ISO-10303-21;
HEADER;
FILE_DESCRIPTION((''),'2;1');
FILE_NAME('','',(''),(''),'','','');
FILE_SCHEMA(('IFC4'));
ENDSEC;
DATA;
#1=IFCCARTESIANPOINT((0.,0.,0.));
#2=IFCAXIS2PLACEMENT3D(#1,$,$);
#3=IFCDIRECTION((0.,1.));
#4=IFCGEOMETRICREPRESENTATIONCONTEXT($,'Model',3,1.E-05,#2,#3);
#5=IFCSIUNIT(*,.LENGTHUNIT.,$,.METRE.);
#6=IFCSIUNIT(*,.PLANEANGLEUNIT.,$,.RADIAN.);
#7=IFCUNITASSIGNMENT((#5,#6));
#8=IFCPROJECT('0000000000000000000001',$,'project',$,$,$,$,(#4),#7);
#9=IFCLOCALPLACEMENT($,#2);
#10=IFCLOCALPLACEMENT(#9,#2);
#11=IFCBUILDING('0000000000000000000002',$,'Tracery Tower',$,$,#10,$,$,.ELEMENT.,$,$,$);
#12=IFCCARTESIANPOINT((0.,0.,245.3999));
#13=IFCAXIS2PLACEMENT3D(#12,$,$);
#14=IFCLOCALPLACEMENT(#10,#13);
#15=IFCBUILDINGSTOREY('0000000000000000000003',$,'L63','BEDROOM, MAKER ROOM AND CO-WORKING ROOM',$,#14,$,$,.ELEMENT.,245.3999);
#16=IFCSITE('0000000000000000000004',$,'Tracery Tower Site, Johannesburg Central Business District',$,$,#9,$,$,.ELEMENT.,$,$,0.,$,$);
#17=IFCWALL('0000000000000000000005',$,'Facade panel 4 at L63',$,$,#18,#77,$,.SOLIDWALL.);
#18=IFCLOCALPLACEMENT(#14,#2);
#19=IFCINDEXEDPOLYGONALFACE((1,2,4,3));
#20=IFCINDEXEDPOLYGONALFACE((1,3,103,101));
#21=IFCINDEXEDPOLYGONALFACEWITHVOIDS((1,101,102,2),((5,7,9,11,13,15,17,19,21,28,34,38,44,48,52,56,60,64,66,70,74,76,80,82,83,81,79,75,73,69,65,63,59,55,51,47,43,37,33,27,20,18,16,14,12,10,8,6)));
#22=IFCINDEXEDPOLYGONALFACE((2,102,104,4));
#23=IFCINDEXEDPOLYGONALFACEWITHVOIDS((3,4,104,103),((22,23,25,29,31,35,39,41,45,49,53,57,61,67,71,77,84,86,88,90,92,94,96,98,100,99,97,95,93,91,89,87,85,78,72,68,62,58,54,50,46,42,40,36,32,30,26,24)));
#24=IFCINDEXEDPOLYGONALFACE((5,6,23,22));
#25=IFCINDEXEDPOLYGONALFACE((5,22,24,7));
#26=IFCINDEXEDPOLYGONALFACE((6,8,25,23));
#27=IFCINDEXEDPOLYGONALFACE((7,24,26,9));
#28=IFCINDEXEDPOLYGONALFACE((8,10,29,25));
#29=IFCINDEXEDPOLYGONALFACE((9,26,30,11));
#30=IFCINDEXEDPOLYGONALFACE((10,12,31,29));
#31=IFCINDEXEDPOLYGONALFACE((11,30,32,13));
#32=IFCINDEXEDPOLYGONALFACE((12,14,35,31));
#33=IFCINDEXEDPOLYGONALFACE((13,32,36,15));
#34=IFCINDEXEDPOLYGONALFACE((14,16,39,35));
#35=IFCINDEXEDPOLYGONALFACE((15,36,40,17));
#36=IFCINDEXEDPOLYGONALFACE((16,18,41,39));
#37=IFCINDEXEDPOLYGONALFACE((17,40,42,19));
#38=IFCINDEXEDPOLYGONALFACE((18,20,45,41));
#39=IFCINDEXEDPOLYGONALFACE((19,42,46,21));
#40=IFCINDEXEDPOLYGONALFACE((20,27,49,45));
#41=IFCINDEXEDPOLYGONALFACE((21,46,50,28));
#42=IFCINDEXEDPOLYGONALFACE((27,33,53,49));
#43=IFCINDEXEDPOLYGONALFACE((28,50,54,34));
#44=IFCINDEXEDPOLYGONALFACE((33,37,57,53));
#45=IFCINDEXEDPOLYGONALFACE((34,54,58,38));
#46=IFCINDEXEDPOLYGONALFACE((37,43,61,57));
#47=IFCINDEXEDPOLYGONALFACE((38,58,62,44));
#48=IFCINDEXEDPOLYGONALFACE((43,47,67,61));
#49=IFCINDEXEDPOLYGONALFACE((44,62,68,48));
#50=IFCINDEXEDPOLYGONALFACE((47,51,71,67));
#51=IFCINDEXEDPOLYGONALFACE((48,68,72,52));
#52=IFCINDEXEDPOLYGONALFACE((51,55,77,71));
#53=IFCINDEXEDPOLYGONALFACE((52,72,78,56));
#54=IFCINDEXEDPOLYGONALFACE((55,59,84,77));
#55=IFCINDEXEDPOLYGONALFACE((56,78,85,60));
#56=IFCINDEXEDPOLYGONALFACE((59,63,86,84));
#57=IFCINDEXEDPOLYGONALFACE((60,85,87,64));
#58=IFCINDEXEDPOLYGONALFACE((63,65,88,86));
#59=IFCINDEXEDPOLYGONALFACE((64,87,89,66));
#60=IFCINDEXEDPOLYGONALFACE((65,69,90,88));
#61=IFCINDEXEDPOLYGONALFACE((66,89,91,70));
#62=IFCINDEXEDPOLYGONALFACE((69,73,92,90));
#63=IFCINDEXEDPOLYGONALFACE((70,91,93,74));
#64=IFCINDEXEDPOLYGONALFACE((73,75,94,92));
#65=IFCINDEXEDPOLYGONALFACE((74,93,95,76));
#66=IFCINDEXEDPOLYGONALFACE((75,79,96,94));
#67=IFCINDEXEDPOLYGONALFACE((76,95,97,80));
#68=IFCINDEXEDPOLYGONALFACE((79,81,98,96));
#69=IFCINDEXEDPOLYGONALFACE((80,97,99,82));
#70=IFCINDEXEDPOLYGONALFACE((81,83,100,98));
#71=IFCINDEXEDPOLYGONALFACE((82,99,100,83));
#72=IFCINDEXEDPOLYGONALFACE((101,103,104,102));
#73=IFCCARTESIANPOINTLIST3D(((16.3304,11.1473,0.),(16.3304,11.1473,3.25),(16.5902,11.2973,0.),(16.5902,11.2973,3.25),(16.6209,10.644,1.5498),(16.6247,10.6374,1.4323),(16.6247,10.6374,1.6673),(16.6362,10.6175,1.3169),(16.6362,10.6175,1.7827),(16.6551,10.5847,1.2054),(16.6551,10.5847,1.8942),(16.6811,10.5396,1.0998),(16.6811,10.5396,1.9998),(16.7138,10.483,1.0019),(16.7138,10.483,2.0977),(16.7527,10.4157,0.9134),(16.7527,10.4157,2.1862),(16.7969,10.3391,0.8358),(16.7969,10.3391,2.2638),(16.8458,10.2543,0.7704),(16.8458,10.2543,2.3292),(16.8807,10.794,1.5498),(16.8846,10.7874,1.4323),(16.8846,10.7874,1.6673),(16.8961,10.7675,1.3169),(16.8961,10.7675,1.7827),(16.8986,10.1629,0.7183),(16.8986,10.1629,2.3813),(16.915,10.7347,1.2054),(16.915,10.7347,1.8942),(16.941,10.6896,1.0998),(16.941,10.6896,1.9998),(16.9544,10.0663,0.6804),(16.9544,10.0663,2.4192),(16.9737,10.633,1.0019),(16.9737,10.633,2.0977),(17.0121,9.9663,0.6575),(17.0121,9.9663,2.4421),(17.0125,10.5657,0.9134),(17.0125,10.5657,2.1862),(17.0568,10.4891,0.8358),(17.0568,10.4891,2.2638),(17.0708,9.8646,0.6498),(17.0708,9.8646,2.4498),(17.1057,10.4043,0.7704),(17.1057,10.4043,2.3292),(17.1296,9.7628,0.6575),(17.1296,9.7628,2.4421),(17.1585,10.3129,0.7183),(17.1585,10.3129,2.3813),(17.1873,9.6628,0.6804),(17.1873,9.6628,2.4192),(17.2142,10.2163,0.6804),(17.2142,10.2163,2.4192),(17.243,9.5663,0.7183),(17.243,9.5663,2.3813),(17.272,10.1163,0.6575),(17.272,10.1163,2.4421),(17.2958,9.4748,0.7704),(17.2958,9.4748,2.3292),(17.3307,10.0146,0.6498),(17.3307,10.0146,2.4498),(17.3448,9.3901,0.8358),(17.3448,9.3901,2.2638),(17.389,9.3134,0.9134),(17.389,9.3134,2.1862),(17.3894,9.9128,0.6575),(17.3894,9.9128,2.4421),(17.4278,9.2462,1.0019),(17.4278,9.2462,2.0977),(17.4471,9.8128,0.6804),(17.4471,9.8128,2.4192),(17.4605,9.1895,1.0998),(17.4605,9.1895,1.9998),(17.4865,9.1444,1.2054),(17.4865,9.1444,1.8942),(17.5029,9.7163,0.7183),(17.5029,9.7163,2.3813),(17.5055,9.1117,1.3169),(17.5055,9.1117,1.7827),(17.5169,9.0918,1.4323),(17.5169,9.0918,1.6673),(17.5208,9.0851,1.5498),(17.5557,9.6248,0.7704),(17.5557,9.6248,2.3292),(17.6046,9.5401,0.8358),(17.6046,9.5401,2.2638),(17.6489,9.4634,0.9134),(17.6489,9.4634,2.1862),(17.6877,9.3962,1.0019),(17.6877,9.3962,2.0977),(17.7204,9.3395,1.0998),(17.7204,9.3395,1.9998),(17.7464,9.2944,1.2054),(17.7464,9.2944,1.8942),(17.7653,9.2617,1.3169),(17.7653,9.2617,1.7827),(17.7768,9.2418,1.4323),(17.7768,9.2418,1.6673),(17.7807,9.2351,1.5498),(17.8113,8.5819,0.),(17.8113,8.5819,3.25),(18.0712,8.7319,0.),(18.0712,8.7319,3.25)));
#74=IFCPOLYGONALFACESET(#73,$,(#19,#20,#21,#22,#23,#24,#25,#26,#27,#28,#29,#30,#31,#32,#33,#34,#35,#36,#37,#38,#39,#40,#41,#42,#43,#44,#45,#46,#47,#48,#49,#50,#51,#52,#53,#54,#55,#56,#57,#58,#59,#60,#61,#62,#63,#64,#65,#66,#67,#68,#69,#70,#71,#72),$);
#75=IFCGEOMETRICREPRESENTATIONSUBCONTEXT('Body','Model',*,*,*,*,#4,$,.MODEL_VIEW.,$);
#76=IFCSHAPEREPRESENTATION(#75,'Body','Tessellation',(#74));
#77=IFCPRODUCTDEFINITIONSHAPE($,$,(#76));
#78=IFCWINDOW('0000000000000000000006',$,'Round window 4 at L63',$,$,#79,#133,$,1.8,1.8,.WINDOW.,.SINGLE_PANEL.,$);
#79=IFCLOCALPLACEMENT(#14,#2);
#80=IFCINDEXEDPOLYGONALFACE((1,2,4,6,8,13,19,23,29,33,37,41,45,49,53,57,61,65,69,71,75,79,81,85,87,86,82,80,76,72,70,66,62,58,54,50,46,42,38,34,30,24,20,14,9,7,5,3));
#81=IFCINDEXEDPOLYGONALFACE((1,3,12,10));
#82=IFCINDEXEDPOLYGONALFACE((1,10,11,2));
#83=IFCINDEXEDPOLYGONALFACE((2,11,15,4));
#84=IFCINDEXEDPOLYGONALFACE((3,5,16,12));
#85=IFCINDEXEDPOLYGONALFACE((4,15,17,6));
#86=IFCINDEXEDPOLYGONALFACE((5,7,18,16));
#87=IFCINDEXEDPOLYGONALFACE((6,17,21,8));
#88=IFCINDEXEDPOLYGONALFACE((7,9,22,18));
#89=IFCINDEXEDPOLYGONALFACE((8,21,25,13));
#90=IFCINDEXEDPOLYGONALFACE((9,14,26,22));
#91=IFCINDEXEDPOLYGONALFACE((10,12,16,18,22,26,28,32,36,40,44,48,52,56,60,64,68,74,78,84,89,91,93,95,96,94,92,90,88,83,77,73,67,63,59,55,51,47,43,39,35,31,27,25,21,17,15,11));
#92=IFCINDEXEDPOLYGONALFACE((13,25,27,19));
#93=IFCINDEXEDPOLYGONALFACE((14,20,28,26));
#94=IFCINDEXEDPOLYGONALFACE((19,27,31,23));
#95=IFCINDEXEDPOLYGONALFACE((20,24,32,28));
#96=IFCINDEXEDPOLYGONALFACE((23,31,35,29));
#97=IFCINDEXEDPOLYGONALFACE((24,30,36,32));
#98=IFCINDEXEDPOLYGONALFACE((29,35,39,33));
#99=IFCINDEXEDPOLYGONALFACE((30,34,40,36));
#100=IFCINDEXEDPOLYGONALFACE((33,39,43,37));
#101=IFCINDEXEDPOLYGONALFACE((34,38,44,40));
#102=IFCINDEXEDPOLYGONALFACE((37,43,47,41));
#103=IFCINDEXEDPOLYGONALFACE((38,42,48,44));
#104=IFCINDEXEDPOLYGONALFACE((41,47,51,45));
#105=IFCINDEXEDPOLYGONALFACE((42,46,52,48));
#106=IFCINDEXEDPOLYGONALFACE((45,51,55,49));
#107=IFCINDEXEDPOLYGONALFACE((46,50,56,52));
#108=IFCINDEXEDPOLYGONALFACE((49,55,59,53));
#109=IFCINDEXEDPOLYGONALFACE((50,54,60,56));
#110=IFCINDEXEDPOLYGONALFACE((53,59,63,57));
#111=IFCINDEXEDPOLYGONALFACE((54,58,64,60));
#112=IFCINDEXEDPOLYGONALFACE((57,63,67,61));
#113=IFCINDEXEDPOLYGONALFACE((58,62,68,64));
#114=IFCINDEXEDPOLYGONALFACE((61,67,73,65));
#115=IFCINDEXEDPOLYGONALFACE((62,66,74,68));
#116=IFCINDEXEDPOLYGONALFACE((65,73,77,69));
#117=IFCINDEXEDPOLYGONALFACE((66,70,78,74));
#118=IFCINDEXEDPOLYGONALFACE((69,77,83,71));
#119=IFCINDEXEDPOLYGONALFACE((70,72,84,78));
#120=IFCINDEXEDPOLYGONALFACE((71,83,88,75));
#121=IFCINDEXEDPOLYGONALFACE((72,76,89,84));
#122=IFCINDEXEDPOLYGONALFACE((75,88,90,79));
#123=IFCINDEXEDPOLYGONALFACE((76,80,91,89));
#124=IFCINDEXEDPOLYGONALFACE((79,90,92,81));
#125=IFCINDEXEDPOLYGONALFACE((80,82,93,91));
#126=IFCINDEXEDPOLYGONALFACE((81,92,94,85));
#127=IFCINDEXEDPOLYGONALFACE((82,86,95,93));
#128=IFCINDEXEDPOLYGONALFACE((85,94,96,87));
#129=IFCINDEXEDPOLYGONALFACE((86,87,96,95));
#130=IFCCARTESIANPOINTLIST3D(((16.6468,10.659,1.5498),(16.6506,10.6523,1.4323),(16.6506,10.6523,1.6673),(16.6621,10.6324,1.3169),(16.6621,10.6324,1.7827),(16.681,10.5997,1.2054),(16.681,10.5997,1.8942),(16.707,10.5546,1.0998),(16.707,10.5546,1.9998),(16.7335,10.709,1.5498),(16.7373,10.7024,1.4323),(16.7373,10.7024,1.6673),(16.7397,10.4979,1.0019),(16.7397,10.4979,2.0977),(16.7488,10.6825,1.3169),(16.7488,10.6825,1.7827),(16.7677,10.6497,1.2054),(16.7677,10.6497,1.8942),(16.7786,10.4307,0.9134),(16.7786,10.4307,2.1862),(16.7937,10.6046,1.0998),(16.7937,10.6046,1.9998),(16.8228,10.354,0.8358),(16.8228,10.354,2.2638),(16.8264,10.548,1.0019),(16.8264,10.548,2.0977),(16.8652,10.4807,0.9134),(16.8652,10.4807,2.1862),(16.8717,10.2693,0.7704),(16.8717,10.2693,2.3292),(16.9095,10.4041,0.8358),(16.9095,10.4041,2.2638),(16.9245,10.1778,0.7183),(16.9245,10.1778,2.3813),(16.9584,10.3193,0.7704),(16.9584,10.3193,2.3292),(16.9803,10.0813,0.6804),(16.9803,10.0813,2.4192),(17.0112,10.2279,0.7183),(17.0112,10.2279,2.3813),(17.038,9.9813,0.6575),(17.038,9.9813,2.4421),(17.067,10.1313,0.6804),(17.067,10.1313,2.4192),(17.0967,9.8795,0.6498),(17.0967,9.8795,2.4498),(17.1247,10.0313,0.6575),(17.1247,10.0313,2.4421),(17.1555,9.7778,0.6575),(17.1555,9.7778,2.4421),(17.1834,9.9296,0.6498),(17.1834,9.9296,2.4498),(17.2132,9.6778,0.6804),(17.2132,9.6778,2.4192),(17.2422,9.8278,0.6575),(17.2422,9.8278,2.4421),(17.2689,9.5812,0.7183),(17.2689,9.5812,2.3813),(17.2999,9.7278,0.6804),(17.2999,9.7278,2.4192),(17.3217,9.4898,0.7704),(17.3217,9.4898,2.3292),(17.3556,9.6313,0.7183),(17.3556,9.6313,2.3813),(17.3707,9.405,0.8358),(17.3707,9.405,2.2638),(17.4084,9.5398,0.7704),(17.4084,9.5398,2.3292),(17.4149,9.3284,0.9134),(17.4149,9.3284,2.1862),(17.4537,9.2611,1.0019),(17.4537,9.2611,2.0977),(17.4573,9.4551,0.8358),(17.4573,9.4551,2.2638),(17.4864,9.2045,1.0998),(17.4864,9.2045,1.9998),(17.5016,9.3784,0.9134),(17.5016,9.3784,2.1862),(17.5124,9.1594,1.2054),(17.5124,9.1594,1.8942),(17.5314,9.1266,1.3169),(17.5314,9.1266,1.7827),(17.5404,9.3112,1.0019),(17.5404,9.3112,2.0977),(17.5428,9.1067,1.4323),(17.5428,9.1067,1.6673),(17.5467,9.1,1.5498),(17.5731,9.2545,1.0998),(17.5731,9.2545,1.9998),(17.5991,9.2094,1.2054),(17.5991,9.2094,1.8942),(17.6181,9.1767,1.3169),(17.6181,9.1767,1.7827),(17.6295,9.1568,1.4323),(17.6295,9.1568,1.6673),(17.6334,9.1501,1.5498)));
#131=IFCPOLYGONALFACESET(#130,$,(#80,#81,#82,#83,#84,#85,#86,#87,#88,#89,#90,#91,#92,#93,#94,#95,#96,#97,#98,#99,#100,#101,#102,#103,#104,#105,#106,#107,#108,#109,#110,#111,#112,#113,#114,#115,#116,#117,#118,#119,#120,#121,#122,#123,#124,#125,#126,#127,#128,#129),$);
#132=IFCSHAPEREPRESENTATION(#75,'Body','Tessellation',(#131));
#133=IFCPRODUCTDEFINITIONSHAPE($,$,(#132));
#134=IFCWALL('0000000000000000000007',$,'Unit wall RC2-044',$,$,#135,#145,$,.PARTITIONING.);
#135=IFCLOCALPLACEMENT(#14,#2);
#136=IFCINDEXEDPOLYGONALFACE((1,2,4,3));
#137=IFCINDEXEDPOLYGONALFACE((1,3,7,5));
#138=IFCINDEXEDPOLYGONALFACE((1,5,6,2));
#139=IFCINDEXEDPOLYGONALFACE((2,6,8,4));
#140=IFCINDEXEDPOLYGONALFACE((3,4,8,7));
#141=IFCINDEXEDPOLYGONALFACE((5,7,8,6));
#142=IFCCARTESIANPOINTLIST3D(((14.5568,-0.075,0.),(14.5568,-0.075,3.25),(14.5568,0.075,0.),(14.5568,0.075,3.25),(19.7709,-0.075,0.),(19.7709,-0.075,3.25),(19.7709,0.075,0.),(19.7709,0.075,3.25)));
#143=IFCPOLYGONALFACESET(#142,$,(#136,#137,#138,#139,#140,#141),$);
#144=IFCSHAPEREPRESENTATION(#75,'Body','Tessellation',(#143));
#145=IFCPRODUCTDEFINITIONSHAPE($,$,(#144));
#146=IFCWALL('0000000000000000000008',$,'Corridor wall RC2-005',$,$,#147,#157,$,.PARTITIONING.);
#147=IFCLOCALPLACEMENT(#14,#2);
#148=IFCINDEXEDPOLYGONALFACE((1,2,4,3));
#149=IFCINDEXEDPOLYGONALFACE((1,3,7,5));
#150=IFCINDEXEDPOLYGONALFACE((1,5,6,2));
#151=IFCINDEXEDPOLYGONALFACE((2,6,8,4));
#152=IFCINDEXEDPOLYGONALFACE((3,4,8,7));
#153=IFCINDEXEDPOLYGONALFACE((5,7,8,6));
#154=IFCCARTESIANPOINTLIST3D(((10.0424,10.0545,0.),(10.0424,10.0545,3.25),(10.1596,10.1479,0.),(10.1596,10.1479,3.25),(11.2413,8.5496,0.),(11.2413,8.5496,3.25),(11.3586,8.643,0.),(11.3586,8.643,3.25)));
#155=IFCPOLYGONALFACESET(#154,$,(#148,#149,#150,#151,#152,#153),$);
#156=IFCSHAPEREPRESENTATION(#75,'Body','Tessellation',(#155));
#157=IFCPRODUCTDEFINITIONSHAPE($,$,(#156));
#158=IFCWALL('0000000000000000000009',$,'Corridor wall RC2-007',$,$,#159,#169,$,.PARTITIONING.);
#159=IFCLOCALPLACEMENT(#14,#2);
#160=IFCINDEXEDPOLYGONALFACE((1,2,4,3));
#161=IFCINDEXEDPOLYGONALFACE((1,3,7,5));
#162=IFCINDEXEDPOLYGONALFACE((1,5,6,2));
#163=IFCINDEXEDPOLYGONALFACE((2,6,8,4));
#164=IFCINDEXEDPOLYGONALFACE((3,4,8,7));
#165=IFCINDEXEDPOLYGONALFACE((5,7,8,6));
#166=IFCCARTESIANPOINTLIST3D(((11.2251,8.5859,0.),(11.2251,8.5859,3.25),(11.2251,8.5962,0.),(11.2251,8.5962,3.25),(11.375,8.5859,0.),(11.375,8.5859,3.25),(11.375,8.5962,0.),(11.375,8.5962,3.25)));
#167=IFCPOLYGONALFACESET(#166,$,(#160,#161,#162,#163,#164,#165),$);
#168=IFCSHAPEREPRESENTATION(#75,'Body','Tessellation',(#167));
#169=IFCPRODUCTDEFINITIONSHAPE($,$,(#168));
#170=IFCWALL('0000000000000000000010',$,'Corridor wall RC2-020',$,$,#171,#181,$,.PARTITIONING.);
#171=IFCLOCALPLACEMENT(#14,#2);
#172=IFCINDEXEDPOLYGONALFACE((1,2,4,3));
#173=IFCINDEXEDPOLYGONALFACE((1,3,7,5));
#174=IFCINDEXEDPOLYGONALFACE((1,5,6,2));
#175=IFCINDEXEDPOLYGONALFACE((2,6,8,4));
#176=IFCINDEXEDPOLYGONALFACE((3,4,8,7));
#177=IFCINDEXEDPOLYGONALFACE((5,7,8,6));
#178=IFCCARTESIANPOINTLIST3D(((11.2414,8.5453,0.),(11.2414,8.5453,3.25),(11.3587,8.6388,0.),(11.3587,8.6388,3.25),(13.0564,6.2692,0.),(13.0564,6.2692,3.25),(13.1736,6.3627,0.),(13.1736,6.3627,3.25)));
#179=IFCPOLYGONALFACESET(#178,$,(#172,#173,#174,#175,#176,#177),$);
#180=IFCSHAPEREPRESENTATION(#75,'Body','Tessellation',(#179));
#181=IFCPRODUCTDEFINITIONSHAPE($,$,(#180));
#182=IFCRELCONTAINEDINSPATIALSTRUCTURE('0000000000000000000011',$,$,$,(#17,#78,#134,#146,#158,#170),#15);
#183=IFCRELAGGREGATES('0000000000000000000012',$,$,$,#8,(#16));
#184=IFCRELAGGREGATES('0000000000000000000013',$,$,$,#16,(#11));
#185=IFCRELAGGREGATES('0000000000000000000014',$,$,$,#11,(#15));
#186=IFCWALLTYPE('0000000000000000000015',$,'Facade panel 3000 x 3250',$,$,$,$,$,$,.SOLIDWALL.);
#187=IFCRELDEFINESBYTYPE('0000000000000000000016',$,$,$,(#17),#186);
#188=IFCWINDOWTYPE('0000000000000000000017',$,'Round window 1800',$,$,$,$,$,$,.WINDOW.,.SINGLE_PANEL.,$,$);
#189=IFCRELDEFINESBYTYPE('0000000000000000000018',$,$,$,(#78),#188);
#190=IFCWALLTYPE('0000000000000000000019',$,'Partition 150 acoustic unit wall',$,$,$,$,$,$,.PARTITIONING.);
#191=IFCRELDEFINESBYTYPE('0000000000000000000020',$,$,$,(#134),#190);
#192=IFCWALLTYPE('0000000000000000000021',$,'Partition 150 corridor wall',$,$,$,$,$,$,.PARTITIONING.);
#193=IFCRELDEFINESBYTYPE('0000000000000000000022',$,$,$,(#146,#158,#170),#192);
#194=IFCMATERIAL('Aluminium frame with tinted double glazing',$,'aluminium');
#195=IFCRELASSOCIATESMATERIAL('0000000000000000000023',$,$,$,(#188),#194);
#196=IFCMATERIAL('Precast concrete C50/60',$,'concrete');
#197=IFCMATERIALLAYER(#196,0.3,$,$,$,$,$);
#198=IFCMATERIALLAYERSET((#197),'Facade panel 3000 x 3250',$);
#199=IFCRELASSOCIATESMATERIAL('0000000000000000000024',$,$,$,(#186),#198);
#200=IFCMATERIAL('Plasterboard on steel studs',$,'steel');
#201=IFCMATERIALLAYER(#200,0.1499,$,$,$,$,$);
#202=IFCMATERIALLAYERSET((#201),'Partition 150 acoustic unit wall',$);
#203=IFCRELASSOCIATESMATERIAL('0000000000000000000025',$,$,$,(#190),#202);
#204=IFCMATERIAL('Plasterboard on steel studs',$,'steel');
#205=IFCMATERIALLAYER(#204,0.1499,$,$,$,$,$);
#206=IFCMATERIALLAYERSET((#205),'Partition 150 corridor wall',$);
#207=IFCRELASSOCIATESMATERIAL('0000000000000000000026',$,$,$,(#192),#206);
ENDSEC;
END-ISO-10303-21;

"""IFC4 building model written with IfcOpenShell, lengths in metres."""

from ifc_helpers import new_model, si_unit, direction, frame, frame_2d, origin, origin_2d, place, context, subcontext, project, spatial, rectangle, circle, extrude, material, layer, layer_set, type_object, element, fill, save


model = new_model("IFC4")

# Units and contexts
model_context = context("Model", 3, precision=1e-05, world=origin(), true_north=direction((0.0, 1.0)))
body_context = subcontext(model_context, "Body", "Model", "MODEL_VIEW")
ifc_project = project(units=[si_unit("LENGTHUNIT", "METRE"), si_unit("PLANEANGLEUNIT", "RADIAN")], contexts=[model_context])

# Site, building, storey
site_placement = place(None, origin())
site = spatial("IfcSite", under=ifc_project, at=site_placement, Name="Tracery Tower Site, Johannesburg Central Business District", CompositionType="ELEMENT", RefElevation=0.0)
building_placement = place(site_placement, origin())
building = spatial("IfcBuilding", under=site, at=building_placement, Name="Tracery Tower", CompositionType="ELEMENT")
storey_placement = place(building_placement, frame((0.0, 0.0, 245.3999)))
storey = spatial("IfcBuildingStorey", under=building, at=storey_placement, Name="L63", Description="BEDROOM, MAKER ROOM AND CO-WORKING ROOM", CompositionType="ELEMENT", Elevation=245.3999)

# Wall, opening, window
ifc_material_1 = material(Name="Aluminium frame with tinted double glazing", Category="aluminium")
window_type = type_object("IfcWindowType", Name="Round window 1800", PartitioningType="SINGLE_PANEL", PredefinedType="WINDOW", material=ifc_material_1)
ifc_material_2 = material(Name="Precast concrete C50/60", Category="concrete")
ifc_layer_1 = layer(ifc_material_2, 0.3)
ifc_layer_set_1 = layer_set([ifc_layer_1], Name="Facade panel 3000 x 3250")
wall_type_1 = type_object("IfcWallType", Name="Facade panel 3000 x 3250", PredefinedType="SOLIDWALL", material=ifc_layer_set_1)
wall_1_placement = place(storey_placement, frame((17.9412, 8.657, 0.0), z_axis=(0.0, 0.0, 1.0), x_axis=(-0.499951, 0.866054, 0.0)))
wall_1 = element("IfcWall", 1, at=wall_1_placement, inside=storey, type_object=wall_type_1, Name="Facade panel 4 at L63", PredefinedType="SOLIDWALL", context=body_context, shape_type="SweptSolid", body=[
    extrude(rectangle(XDim=2.9622, YDim=0.3, at=frame_2d((1.481, 0.0))), origin(), (0.0, 0.0, 1.0), 3.25),
])
opening_1_placement = place(wall_1_placement, frame((1.481, 0.0, 1.5498)))
opening_1 = element("IfcOpeningElement", 2, at=opening_1_placement, cuts=wall_1, PredefinedType="OPENING", context=body_context, shape_type="SweptSolid", body=[
    extrude(circle(Radius=0.9, at=origin_2d()), frame((0.0, 0.1599, 0.0), z_axis=(0.0, -1.0, 0.0), x_axis=(1.0, 0.0, 0.0)), (0.0, 0.0, 1.0), 0.3201),
])
window_1_placement = place(opening_1_placement, origin())
window_1 = element("IfcWindow", 3, at=window_1_placement, inside=storey, type_object=window_type, Name="Round window 4 at L63", OverallHeight=1.8, OverallWidth=1.8, PartitioningType="SINGLE_PANEL", PredefinedType="WINDOW", context=body_context, shape_type="SweptSolid", body=[
    extrude(circle(Radius=0.9, at=origin_2d()), frame((0.0, 0.1201, 0.0), z_axis=(0.0, -1.0, 0.0), x_axis=(1.0, 0.0, 0.0)), (0.0, 0.0, 1.0), 0.1001),
])
fill(opening_1, window_1)

# Walls
ifc_material_3 = material(Name="Plasterboard on steel studs", Category="steel")
ifc_layer_2 = layer(ifc_material_3, 0.1499)
ifc_layer_set_2 = layer_set([ifc_layer_2], Name="Partition 150 acoustic unit wall")
wall_type_2 = type_object("IfcWallType", Name="Partition 150 acoustic unit wall", PredefinedType="PARTITIONING", material=ifc_layer_set_2)
wall_2_placement = place(storey_placement, frame((14.5569, 0.0, 0.0), z_axis=(0.0, 0.0, 1.0), x_axis=(1.0, 0.0, 0.0)))
element("IfcWall", 4, at=wall_2_placement, inside=storey, type_object=wall_type_2, Name="Unit wall RC2-044", PredefinedType="PARTITIONING", context=body_context, shape_type="SweptSolid", body=[
    extrude(rectangle(XDim=5.2141, YDim=0.1499, at=frame_2d((2.6069, 0.0))), origin(), (0.0, 0.0, 1.0), 3.25),
])
ifc_material_4 = material(Name="Plasterboard on steel studs", Category="steel")
ifc_layer_3 = layer(ifc_material_4, 0.1499)
ifc_layer_set_3 = layer_set([ifc_layer_3], Name="Partition 150 corridor wall")
wall_type_3 = type_object("IfcWallType", Name="Partition 150 corridor wall", PredefinedType="PARTITIONING", material=ifc_layer_set_3)
wall_3_placement = place(storey_placement, frame((10.1011, 10.1011, 0.0), z_axis=(0.0, 0.0, 1.0), x_axis=(0.623131, -0.782118, 0.0)))
element("IfcWall", 5, at=wall_3_placement, inside=storey, type_object=wall_type_3, Name="Corridor wall RC2-005", PredefinedType="PARTITIONING", context=body_context, shape_type="SweptSolid", body=[
    extrude(rectangle(XDim=1.9241, YDim=0.1499, at=frame_2d((0.9619, 0.0))), origin(), (0.0, 0.0, 1.0), 3.25),
])
wall_4_placement = place(storey_placement, frame((11.3, 8.5859, 0.0), z_axis=(0.0, 0.0, 1.0), x_axis=(0.0, 1.0, 0.0)))
element("IfcWall", 6, at=wall_4_placement, inside=storey, type_object=wall_type_3, Name="Corridor wall RC2-007", PredefinedType="PARTITIONING", context=body_context, shape_type="SweptSolid", body=[
    extrude(rectangle(XDim=0.0103, YDim=0.1499, at=frame_2d((0.0051, 0.0))), origin(), (0.0, 0.0, 1.0), 3.25),
])
wall_5_placement = place(storey_placement, frame((11.3, 8.592, 0.0), z_axis=(0.0, 0.0, 1.0), x_axis=(0.623447, -0.781866, 0.0)))
element("IfcWall", 7, at=wall_5_placement, inside=storey, type_object=wall_type_3, Name="Corridor wall RC2-020", PredefinedType="PARTITIONING", context=body_context, shape_type="SweptSolid", body=[
    extrude(rectangle(XDim=2.9111, YDim=0.1499, at=frame_2d((1.4556, 0.0))), origin(), (0.0, 0.0, 1.0), 3.25),
])

save(model, "model.ifc")
